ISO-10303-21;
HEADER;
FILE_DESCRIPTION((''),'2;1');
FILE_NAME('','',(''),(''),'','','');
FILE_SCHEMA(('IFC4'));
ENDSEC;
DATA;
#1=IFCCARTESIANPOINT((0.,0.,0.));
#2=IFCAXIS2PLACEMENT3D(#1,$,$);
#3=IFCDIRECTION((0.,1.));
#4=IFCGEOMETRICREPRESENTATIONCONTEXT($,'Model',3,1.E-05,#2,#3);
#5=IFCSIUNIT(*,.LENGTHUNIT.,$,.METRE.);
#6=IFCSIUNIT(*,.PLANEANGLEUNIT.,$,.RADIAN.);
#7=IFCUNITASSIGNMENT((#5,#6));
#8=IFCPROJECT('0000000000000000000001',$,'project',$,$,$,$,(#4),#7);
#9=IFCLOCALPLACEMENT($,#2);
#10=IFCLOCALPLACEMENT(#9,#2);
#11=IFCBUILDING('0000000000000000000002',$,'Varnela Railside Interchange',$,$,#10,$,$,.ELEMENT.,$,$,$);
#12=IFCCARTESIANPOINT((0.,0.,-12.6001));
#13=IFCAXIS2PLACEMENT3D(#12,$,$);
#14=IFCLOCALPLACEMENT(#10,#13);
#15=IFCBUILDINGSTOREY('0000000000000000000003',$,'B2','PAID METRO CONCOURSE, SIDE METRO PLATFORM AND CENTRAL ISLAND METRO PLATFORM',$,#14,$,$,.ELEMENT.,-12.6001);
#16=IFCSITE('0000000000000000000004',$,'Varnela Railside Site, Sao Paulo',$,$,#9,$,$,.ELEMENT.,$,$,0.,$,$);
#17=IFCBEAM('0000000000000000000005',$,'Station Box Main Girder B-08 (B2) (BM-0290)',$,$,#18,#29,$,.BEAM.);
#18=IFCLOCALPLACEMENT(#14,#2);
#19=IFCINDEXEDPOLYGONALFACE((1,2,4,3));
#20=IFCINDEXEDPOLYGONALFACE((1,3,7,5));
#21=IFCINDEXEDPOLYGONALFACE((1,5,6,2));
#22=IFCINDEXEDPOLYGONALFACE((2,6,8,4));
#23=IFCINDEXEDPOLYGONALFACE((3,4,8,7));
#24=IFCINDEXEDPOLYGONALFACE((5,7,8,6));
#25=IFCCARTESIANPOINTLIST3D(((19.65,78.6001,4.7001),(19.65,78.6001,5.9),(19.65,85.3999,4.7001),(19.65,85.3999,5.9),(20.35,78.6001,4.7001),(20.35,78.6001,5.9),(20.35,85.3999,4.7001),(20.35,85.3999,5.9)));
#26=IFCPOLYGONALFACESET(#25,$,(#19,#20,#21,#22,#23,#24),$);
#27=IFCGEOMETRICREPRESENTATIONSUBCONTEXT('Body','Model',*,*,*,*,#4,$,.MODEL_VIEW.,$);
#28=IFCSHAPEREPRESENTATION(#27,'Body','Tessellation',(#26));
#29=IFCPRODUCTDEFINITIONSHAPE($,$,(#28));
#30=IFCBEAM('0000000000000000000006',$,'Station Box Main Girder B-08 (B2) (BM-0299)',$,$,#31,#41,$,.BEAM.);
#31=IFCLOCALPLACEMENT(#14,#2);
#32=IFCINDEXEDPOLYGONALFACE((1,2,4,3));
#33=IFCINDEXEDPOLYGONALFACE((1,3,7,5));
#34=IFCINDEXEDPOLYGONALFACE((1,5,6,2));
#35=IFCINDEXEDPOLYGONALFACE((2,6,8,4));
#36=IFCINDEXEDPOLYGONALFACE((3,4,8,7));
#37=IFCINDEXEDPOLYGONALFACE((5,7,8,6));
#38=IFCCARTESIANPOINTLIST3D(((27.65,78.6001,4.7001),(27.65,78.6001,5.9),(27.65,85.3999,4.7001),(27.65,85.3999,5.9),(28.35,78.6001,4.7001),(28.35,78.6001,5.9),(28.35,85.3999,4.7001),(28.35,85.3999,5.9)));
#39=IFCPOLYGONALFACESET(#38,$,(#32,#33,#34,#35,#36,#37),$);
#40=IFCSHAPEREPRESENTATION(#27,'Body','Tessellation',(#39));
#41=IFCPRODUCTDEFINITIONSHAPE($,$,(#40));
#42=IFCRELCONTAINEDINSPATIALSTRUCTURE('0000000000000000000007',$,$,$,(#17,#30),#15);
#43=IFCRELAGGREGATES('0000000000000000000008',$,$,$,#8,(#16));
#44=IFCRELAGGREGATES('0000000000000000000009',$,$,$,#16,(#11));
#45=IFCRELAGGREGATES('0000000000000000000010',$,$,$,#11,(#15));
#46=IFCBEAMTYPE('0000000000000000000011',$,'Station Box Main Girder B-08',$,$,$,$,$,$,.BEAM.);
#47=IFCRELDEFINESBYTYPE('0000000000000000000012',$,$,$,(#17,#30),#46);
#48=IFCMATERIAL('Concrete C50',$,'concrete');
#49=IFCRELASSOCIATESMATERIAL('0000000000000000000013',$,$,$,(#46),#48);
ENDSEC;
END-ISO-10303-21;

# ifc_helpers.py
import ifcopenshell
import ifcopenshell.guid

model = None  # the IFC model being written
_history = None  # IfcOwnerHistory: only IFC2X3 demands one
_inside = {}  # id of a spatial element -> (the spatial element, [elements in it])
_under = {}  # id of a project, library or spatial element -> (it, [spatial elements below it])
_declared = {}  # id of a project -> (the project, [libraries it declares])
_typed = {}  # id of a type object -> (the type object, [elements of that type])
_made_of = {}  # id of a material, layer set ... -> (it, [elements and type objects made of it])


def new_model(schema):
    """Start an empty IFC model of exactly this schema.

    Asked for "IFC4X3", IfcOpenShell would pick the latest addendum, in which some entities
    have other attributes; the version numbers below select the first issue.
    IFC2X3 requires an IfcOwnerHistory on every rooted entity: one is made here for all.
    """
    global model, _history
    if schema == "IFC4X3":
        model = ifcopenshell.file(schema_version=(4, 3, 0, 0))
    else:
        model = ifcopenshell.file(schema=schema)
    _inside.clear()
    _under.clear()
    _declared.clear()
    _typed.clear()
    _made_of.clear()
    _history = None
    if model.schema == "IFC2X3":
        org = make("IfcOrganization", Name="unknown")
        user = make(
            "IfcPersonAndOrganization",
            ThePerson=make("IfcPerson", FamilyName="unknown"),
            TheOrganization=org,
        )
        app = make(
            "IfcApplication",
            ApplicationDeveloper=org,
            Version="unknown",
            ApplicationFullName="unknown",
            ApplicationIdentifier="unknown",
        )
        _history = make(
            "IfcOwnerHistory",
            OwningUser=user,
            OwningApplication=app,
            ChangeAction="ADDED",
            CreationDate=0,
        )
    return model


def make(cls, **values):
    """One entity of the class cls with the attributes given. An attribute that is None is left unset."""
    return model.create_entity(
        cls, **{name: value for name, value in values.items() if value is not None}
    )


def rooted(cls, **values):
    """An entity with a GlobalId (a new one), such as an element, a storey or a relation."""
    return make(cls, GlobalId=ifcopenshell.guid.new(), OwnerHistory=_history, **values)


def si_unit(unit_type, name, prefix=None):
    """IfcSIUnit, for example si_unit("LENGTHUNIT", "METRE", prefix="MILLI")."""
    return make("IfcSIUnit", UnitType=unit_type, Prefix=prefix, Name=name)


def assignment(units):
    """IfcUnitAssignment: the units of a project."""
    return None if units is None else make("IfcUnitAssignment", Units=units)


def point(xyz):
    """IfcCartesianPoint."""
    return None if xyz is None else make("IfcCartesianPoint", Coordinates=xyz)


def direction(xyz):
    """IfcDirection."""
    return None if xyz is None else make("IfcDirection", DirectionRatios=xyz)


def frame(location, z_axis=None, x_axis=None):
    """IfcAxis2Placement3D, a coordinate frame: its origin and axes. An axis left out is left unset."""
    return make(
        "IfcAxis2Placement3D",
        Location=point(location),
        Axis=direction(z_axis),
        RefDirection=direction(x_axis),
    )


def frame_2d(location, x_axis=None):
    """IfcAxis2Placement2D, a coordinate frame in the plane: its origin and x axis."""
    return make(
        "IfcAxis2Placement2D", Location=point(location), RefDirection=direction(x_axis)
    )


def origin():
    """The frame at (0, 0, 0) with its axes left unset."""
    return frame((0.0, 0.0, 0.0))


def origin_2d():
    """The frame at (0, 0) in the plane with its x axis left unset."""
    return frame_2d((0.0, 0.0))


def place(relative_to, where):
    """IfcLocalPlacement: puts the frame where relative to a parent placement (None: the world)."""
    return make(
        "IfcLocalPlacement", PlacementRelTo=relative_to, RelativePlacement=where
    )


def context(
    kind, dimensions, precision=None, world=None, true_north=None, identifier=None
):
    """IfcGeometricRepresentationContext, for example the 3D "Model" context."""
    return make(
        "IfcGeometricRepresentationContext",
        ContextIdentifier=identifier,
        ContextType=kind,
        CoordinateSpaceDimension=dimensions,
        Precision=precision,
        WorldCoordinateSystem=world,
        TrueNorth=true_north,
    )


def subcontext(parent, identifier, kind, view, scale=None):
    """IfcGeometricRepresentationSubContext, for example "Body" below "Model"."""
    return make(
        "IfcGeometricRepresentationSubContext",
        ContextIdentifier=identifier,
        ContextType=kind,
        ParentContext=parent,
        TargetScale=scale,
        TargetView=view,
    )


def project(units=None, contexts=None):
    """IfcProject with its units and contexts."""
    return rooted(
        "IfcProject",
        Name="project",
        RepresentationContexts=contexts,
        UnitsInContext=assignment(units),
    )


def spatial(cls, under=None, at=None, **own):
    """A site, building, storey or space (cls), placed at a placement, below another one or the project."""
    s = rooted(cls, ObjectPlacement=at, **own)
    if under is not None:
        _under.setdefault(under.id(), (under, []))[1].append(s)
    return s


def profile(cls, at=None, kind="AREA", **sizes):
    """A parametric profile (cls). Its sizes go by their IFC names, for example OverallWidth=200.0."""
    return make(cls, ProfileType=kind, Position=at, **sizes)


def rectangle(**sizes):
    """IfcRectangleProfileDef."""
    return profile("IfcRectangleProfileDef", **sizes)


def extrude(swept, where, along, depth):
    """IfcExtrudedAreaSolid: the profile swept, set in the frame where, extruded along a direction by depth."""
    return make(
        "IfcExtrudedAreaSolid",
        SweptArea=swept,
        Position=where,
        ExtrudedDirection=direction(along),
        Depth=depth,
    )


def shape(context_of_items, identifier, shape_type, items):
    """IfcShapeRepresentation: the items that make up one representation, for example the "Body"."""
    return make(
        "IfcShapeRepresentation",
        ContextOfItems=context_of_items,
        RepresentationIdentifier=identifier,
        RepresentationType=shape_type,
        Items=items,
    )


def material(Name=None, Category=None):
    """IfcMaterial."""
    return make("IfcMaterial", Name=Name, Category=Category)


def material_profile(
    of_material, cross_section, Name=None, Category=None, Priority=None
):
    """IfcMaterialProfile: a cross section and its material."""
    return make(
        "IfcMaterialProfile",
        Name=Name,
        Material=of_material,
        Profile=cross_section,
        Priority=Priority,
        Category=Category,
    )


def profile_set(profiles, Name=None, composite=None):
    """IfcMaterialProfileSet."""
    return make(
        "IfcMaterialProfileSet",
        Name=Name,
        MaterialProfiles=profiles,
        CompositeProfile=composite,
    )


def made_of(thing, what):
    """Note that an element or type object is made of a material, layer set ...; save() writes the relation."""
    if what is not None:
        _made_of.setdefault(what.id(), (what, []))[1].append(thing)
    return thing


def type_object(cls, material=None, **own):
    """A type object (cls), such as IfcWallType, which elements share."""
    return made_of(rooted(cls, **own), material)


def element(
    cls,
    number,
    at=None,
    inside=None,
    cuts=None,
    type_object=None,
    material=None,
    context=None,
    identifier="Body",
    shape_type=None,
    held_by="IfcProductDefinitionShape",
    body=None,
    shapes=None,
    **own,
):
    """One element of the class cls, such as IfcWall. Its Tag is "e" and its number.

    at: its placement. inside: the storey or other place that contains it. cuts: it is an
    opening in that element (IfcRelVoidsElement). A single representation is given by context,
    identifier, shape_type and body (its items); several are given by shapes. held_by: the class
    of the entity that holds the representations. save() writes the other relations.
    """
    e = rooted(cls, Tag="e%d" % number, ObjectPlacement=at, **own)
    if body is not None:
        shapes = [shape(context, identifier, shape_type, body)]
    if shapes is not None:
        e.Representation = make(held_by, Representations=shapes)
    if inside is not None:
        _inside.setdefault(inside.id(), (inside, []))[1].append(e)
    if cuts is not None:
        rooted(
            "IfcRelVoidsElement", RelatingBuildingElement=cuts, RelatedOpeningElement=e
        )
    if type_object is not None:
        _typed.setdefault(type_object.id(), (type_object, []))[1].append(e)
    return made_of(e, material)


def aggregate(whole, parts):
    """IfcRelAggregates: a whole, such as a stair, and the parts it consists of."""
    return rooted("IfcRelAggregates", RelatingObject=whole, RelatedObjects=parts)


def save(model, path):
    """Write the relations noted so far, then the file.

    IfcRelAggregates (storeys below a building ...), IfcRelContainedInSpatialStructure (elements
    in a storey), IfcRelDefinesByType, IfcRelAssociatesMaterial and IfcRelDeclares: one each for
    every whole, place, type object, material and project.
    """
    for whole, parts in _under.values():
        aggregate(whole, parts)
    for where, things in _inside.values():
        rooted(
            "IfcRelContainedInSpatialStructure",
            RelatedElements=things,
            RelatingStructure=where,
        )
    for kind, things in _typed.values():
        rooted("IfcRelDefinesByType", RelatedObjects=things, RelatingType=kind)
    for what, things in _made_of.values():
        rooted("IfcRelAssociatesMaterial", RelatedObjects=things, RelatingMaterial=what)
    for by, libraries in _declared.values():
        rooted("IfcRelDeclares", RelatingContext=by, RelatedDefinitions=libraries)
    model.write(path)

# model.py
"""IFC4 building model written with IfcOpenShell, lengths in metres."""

from ifc_helpers import new_model, si_unit, direction, frame, origin, origin_2d, place, context, subcontext, project, spatial, rectangle, extrude, material, material_profile, profile_set, type_object, element, save


model = new_model("IFC4")

# Units and contexts
model_context = context("Model", 3, precision=1e-05, world=origin(), true_north=direction((0.0, 1.0)))
body_context = subcontext(model_context, "Body", "Model", "MODEL_VIEW")
ifc_project = project(units=[si_unit("LENGTHUNIT", "METRE"), si_unit("PLANEANGLEUNIT", "RADIAN")], contexts=[model_context])

# Site, building, storey
site_placement = place(None, origin())
site = spatial("IfcSite", under=ifc_project, at=site_placement, Name="Varnela Railside Site, Sao Paulo", CompositionType="ELEMENT", RefElevation=0.0)
building_placement = place(site_placement, origin())
building = spatial("IfcBuilding", under=site, at=building_placement, Name="Varnela Railside Interchange", CompositionType="ELEMENT")
storey_placement = place(building_placement, frame((0.0, 0.0, -12.6001)))
storey = spatial("IfcBuildingStorey", under=building, at=storey_placement, Name="B2", Description="PAID METRO CONCOURSE, SIDE METRO PLATFORM AND CENTRAL ISLAND METRO PLATFORM", CompositionType="ELEMENT", Elevation=-12.6001)

# Shared definitions
ifc_material_1 = material(Name="Concrete C50", Category="concrete")

# Beams
ifc_material_profile_1 = material_profile(ifc_material_1, rectangle(XDim=0.7, YDim=1.2, at=origin_2d()), Name="RC 700x1200")
ifc_profile_set_1 = profile_set([ifc_material_profile_1], Name="Concrete C50")
beam_type_1 = type_object("IfcBeamType", Name="Station Box Main Girder B-08", PredefinedType="BEAM", material=ifc_profile_set_1)
for number, where, z_axis, x_axis, name in (
    (1, (20.0, 78.6001, 5.3), (0.0, 1.0, 0.0), (-1.0, 0.0, 0.0), "Station Box Main Girder B-08 (B2) (BM-0290)"),
    (2, (28.0, 78.6001, 5.3), (0.0, 1.0, 0.0), (-1.0, 0.0, 0.0), "Station Box Main Girder B-08 (B2) (BM-0299)"),
):
    element("IfcBeam", number, at=place(storey_placement, frame(where, z_axis=z_axis, x_axis=x_axis)), inside=storey, type_object=beam_type_1, Name=name, PredefinedType="BEAM", context=body_context, shape_type="SweptSolid", body=[
        extrude(rectangle(XDim=0.7, YDim=1.2, at=origin_2d()), origin(), (0.0, 0.0, 1.0), 6.7998),
    ])

save(model, "model.ifc")
